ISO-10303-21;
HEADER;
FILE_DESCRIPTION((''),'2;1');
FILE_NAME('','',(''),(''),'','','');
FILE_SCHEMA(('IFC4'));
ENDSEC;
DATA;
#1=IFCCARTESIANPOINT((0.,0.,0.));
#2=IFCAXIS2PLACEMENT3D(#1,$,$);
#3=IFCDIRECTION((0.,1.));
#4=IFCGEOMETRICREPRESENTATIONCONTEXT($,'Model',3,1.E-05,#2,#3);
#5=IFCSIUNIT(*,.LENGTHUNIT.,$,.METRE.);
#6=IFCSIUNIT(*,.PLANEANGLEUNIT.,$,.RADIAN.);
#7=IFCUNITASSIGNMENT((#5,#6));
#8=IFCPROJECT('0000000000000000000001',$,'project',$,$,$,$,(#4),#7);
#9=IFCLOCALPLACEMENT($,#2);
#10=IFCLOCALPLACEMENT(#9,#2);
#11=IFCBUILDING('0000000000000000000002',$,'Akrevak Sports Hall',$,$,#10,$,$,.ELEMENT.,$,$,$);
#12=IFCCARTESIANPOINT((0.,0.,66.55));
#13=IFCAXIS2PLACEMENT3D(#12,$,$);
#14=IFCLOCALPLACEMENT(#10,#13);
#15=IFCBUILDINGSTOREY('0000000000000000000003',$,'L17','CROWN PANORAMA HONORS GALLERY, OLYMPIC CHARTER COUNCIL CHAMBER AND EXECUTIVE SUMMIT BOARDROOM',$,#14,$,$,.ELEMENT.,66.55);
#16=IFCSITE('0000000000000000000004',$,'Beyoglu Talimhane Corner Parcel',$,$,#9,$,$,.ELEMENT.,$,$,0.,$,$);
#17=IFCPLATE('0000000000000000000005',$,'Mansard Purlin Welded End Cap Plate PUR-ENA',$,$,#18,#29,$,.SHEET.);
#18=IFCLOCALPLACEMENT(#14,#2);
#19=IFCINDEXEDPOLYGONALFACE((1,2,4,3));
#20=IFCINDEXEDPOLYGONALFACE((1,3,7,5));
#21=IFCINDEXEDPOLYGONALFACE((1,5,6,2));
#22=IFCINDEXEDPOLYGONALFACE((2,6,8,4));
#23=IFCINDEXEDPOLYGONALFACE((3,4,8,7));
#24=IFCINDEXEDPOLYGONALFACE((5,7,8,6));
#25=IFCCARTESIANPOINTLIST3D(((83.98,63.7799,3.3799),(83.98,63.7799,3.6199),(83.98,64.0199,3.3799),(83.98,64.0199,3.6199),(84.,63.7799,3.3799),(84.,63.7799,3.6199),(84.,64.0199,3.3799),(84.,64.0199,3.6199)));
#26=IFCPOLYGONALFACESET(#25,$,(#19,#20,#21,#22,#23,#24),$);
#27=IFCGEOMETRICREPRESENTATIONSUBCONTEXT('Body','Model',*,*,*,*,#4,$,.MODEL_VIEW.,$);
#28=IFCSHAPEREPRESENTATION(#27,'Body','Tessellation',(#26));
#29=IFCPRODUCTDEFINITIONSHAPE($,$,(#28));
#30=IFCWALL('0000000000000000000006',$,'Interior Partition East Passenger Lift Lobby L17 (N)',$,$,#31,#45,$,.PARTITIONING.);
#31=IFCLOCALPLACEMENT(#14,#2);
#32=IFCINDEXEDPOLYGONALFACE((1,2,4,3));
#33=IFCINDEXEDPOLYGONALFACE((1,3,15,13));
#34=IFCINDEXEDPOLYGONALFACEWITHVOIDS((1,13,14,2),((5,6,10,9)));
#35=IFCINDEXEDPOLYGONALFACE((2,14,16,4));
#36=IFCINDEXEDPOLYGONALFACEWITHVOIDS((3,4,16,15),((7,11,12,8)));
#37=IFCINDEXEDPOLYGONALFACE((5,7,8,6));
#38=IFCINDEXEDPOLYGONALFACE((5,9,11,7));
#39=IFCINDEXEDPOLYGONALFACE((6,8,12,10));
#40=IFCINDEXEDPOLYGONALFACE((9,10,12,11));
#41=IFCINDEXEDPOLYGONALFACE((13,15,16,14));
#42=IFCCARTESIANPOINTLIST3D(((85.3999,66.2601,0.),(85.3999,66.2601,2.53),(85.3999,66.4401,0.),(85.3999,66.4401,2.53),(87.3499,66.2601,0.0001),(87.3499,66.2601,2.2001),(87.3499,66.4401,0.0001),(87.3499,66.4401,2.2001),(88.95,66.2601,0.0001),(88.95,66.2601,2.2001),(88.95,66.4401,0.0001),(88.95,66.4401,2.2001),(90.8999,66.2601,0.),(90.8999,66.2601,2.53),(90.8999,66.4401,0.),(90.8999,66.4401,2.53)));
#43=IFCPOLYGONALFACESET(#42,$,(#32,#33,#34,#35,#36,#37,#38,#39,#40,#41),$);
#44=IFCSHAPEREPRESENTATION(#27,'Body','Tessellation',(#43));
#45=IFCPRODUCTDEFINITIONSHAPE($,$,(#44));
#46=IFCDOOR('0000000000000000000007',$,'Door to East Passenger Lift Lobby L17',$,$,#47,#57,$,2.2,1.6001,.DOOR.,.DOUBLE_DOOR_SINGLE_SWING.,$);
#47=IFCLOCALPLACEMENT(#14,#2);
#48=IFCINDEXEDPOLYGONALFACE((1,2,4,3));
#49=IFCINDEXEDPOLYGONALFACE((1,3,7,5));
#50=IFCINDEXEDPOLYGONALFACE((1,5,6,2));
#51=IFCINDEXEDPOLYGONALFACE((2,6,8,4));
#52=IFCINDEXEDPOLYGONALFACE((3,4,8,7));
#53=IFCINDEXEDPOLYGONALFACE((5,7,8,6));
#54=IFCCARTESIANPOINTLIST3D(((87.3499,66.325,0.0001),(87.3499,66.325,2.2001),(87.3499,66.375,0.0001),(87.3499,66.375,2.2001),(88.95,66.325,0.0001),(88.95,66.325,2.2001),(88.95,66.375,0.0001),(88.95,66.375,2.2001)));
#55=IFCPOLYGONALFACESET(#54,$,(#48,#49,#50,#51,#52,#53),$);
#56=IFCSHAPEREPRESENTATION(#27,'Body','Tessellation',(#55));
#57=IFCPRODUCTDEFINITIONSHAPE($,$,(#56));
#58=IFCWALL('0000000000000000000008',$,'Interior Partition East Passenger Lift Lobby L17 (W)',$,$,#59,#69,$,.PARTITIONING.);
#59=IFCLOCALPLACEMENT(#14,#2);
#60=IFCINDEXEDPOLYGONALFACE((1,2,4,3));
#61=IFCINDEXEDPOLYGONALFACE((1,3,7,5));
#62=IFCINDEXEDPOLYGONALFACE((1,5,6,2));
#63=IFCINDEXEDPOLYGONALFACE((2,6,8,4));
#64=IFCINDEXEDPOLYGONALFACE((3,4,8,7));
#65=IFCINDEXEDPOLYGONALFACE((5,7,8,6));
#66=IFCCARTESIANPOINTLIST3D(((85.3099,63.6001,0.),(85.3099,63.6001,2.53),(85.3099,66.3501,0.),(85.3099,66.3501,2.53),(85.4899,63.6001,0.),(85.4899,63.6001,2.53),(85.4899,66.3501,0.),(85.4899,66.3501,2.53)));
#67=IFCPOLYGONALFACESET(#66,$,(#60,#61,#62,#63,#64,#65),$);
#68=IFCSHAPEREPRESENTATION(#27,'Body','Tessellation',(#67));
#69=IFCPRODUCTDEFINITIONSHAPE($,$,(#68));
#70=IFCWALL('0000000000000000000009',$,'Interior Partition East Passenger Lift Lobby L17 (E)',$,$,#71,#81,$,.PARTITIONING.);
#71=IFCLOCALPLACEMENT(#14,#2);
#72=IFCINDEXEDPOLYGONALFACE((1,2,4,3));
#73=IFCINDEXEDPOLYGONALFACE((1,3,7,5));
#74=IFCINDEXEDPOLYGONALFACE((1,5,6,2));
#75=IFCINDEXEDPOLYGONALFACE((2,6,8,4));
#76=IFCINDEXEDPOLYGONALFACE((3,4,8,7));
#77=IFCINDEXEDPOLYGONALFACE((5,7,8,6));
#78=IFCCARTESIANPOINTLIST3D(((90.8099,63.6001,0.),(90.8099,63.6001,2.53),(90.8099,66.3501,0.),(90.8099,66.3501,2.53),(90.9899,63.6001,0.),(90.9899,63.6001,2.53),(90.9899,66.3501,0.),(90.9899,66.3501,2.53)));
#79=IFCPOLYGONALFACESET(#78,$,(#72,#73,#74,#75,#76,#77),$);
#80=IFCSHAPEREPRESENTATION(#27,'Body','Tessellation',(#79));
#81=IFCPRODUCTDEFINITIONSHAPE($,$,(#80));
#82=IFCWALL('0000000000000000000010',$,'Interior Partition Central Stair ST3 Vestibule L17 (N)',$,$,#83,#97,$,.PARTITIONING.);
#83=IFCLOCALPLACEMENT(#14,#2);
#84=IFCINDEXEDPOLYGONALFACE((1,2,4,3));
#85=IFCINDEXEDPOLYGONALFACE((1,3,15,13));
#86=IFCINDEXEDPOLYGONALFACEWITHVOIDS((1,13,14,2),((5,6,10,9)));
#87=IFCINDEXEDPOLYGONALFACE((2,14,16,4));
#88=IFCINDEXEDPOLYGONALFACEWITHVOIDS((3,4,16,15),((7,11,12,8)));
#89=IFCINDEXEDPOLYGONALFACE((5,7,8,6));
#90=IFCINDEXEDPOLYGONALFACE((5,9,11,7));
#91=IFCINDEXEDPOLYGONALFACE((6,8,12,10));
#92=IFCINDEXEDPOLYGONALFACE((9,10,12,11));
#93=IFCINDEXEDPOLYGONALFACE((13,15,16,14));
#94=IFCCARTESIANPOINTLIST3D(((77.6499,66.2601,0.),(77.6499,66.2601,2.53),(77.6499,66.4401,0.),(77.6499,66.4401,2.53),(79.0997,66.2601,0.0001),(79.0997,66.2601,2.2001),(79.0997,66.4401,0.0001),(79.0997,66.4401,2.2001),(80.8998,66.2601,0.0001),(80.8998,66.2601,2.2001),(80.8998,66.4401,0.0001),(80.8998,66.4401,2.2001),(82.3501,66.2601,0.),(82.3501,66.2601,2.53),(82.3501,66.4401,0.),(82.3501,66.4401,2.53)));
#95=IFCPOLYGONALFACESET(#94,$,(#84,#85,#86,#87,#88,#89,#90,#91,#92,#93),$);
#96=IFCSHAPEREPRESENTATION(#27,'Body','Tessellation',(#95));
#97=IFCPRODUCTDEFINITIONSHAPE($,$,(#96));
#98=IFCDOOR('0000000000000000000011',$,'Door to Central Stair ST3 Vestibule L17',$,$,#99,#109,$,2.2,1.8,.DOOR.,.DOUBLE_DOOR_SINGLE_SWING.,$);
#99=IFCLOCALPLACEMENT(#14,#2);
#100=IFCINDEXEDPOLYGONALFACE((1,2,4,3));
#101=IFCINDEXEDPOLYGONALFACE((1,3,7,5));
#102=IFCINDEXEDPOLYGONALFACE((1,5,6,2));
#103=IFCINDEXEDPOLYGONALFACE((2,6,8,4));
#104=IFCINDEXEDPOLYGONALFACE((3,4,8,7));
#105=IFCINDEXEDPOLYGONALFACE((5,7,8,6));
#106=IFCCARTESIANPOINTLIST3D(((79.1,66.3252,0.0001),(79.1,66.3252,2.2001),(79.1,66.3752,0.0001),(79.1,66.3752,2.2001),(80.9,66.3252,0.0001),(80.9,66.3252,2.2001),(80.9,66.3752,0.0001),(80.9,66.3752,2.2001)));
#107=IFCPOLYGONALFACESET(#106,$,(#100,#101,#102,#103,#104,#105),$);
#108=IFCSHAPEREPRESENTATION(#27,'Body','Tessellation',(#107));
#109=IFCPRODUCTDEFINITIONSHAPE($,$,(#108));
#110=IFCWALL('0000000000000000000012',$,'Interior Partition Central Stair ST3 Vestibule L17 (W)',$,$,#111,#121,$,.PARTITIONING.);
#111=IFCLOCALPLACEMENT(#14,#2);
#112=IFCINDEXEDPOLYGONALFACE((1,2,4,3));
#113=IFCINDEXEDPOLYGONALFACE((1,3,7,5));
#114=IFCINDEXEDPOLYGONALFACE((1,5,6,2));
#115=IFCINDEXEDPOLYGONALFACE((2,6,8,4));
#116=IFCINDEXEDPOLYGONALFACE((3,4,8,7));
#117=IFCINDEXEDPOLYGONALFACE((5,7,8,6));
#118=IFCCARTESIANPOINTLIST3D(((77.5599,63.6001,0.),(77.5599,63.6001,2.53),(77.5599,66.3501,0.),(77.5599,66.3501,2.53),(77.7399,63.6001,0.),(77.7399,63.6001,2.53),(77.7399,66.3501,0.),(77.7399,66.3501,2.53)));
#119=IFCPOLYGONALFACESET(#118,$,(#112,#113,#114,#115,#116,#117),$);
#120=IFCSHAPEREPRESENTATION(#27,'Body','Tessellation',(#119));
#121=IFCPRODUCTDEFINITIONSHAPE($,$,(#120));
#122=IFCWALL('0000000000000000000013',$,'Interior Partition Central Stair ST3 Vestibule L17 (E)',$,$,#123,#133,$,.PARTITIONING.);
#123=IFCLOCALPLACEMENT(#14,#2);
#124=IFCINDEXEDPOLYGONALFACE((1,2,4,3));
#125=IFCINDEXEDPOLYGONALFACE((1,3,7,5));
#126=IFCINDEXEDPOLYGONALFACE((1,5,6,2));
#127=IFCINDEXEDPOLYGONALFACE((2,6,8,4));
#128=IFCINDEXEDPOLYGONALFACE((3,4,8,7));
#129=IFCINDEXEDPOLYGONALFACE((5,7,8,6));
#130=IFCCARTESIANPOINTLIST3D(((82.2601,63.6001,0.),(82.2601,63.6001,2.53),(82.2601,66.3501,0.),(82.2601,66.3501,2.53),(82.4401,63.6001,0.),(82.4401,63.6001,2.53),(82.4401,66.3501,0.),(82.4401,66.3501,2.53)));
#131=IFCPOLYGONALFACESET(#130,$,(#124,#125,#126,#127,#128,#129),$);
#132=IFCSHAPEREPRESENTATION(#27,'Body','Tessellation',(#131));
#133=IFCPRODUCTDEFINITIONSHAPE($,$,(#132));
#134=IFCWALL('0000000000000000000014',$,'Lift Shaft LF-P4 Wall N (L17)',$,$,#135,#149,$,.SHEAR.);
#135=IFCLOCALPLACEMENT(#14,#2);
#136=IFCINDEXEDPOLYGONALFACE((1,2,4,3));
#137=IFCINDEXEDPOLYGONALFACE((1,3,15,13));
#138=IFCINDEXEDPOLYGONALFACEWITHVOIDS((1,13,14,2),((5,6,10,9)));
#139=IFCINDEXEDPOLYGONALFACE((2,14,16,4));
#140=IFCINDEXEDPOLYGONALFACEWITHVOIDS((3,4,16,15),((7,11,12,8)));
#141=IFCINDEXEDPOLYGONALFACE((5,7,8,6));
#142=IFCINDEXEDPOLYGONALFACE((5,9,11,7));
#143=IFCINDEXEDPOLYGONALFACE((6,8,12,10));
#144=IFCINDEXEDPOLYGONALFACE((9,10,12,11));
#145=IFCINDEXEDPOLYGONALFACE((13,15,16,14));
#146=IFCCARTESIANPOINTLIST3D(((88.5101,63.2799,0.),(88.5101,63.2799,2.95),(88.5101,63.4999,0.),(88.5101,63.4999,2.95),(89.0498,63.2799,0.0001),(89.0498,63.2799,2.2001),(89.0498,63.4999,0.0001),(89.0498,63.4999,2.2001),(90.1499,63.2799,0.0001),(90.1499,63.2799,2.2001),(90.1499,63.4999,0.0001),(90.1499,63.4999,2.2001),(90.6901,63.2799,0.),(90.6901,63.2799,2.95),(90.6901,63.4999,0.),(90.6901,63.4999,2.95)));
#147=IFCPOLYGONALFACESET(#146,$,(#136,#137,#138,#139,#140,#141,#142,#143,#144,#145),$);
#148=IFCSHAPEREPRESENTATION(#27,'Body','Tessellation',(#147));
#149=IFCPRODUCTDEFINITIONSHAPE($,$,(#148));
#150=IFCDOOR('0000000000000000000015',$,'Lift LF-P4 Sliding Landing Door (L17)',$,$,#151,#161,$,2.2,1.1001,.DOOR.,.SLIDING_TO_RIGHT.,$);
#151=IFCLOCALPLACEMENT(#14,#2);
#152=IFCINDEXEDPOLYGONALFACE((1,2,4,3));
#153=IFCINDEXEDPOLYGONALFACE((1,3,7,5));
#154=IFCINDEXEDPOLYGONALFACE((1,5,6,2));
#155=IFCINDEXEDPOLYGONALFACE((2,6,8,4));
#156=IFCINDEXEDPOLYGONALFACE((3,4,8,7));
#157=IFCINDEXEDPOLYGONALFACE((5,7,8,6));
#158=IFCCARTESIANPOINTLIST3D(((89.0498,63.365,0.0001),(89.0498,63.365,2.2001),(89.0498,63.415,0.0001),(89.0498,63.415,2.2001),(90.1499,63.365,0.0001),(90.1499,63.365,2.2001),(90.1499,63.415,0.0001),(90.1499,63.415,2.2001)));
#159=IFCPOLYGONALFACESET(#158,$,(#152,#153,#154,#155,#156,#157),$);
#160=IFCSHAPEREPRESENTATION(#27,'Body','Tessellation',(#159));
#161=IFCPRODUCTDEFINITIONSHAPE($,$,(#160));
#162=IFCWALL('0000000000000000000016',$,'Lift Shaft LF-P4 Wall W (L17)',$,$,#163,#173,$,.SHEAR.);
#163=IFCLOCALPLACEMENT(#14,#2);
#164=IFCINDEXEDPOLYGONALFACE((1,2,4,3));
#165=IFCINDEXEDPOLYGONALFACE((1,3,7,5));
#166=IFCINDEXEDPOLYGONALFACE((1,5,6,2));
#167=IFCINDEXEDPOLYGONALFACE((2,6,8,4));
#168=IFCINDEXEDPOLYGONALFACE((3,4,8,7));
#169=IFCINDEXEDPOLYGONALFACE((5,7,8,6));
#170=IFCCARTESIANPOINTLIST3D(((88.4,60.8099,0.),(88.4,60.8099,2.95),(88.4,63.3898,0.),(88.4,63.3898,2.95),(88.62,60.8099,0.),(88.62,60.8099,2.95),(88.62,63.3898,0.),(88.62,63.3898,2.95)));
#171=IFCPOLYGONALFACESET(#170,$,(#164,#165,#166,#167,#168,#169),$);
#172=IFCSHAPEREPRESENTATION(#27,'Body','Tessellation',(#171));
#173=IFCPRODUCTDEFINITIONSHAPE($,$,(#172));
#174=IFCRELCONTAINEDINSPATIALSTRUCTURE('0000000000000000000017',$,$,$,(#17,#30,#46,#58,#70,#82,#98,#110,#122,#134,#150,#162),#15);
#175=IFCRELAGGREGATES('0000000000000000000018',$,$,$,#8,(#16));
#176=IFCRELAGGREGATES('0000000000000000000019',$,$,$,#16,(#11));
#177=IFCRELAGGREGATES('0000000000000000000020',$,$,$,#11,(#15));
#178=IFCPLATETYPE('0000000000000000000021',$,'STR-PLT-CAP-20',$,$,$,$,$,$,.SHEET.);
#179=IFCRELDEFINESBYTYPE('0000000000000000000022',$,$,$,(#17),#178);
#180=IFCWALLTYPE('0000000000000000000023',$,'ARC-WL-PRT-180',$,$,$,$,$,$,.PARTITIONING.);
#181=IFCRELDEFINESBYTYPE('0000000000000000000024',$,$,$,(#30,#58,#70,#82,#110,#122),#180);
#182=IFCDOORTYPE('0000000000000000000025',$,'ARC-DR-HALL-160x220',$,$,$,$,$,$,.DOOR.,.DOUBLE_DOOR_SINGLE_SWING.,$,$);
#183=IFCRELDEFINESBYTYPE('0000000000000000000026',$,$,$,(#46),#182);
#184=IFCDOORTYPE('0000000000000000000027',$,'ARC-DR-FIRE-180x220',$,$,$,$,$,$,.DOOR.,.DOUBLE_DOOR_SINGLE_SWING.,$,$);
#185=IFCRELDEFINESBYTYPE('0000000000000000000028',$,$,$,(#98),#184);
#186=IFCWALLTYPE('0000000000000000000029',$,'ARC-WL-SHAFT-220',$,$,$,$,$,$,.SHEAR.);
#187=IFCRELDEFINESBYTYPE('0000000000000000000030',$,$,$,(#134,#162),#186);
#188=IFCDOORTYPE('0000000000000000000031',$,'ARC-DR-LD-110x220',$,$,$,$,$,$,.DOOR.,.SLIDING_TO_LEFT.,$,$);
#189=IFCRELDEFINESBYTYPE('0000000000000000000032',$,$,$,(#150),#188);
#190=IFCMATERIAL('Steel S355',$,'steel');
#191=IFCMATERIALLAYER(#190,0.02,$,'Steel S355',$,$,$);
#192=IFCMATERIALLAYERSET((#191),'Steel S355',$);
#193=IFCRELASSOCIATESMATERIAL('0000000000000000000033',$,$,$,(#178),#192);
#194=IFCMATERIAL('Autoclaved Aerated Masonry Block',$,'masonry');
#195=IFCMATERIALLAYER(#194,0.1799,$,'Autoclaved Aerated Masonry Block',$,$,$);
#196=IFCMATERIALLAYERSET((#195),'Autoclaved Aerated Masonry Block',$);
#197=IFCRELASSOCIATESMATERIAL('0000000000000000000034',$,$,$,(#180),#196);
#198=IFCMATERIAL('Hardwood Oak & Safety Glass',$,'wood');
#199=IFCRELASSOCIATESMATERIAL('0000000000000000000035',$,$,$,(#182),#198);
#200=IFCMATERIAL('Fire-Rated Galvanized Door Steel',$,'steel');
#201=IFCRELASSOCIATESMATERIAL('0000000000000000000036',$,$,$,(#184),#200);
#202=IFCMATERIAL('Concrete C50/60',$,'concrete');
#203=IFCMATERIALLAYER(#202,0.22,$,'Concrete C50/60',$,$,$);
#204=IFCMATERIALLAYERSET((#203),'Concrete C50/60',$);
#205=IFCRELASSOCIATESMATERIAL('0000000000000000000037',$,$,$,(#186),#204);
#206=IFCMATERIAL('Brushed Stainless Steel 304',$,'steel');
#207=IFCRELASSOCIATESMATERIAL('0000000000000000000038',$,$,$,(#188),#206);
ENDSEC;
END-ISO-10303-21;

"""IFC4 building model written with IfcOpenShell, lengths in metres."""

from ifc_helpers import new_model, si_unit, direction, frame, frame_2d, origin, origin_2d, place, context, subcontext, project, spatial, rectangle, extrude, material, layer, layer_set, type_object, element, fill, save


model = new_model("IFC4")

# Units and contexts
model_context = context("Model", 3, precision=1e-05, world=origin(), true_north=direction((0.0, 1.0)))
body_context = subcontext(model_context, "Body", "Model", "MODEL_VIEW")
ifc_project = project(units=[si_unit("LENGTHUNIT", "METRE"), si_unit("PLANEANGLEUNIT", "RADIAN")], contexts=[model_context])

# Site, building, storey
site_placement = place(None, origin())
site = spatial("IfcSite", under=ifc_project, at=site_placement, Name="Beyoglu Talimhane Corner Parcel", CompositionType="ELEMENT", RefElevation=0.0)
building_placement = place(site_placement, origin())
building = spatial("IfcBuilding", under=site, at=building_placement, Name="Akrevak Sports Hall", CompositionType="ELEMENT")
storey_placement = place(building_placement, frame((0.0, 0.0, 66.55)))
storey = spatial("IfcBuildingStorey", under=building, at=storey_placement, Name="L17", Description="CROWN PANORAMA HONORS GALLERY, OLYMPIC CHARTER COUNCIL CHAMBER AND EXECUTIVE SUMMIT BOARDROOM", CompositionType="ELEMENT", Elevation=66.55)

# Shared definitions
ifc_material_1 = material(Name="Steel S355", Category="steel")

# Plate
ifc_layer_1 = layer(ifc_material_1, 0.02, Name="Steel S355")
ifc_layer_set_1 = layer_set([ifc_layer_1], Name="Steel S355")
plate_type_1 = type_object("IfcPlateType", Name="STR-PLT-CAP-20", PredefinedType="SHEET", material=ifc_layer_set_1)
for number, where, z_axis, x_axis, name in (
    (1, (83.99, 63.8999, 3.3799), (0.0, 0.0, 1.0), (1.0, 0.0, 0.0), "Mansard Purlin Welded End Cap Plate PUR-ENA"),
):
    element("IfcPlate", number, at=place(storey_placement, frame(where, z_axis=z_axis, x_axis=x_axis)), inside=storey, type_object=plate_type_1, Name=name, PredefinedType="SHEET", context=body_context, shape_type="SweptSolid", body=[
        extrude(rectangle(XDim=0.02, YDim=0.24, at=origin_2d()), origin(), (0.0, 0.0, 1.0), 0.24),
    ])

# Wall, opening, door
ifc_material_2 = material(Name="Autoclaved Aerated Masonry Block", Category="masonry")
ifc_layer_2 = layer(ifc_material_2, 0.1799, Name="Autoclaved Aerated Masonry Block")
ifc_layer_set_2 = layer_set([ifc_layer_2], Name="Autoclaved Aerated Masonry Block")
wall_type_1 = type_object("IfcWallType", Name="ARC-WL-PRT-180", PredefinedType="PARTITIONING", material=ifc_layer_set_2)
wall_1_placement = place(storey_placement, frame((85.3999, 66.3501, 0.0), z_axis=(0.0, 0.0, 1.0), x_axis=(1.0, 0.0, 0.0)))
wall_1 = element("IfcWall", 2, at=wall_1_placement, inside=storey, type_object=wall_type_1, Name="Interior Partition East Passenger Lift Lobby L17 (N)", PredefinedType="PARTITIONING", context=body_context, shape_type="SweptSolid", body=[
    extrude(rectangle(XDim=5.5, YDim=0.1799, at=frame_2d((2.75, 0.0))), origin(), (0.0, 0.0, 1.0), 2.53),
])
opening_1_placement = place(wall_1_placement, frame((1.95, 0.0, 0.0)))
opening_1 = element("IfcOpeningElement", 3, at=opening_1_placement, cuts=wall_1, PredefinedType="OPENING", context=body_context, shape_type="SweptSolid", body=[
    extrude(rectangle(XDim=1.6001, YDim=2.2, at=frame_2d((0.8, 1.1001))), frame((0.0, 0.1021, 0.0), z_axis=(0.0, -1.0, 0.0), x_axis=(1.0, 0.0, 0.0)), (0.0, 0.0, 1.0), 0.2039),
])
ifc_material_3 = material(Name="Hardwood Oak & Safety Glass", Category="wood")
door_type_1 = type_object("IfcDoorType", Name="ARC-DR-HALL-160x220", OperationType="DOUBLE_DOOR_SINGLE_SWING", PredefinedType="DOOR", material=ifc_material_3)
door_1_placement = place(opening_1_placement, origin())
door_1 = element("IfcDoor", 4, at=door_1_placement, inside=storey, type_object=door_type_1, Name="Door to East Passenger Lift Lobby L17", OperationType="DOUBLE_DOOR_SINGLE_SWING", OverallHeight=2.2, OverallWidth=1.6001, PredefinedType="DOOR", context=body_context, shape_type="SweptSolid", body=[
    extrude(rectangle(XDim=1.6001, YDim=2.2, at=frame_2d((0.8, 1.1001))), frame((0.0, 0.0249, 0.0), z_axis=(0.0, -1.0, 0.0), x_axis=(1.0, 0.0, 0.0)), (0.0, 0.0, 1.0), 0.05),
])
fill(opening_1, door_1)

# Walls
for number, where, z_axis, x_axis, name in (
    (5, (85.3999, 63.6001, 0.0), (0.0, 0.0, 1.0), (0.0, 1.0, 0.0), "Interior Partition East Passenger Lift Lobby L17 (W)"),
    (6, (90.8999, 63.6001, 0.0), (0.0, 0.0, 1.0), (0.0, 1.0, 0.0), "Interior Partition East Passenger Lift Lobby L17 (E)"),
):
    element("IfcWall", number, at=place(storey_placement, frame(where, z_axis=z_axis, x_axis=x_axis)), inside=storey, type_object=wall_type_1, Name=name, PredefinedType="PARTITIONING", context=body_context, shape_type="SweptSolid", body=[
        extrude(rectangle(XDim=2.75, YDim=0.1799, at=frame_2d((1.375, 0.0))), origin(), (0.0, 0.0, 1.0), 2.53),
    ])

# Wall, opening, door
wall_2_placement = place(storey_placement, frame((77.6499, 66.3501, 0.0), z_axis=(0.0, 0.0, 1.0), x_axis=(1.0, 0.0, 0.0)))
wall_2 = element("IfcWall", 7, at=wall_2_placement, inside=storey, type_object=wall_type_1, Name="Interior Partition Central Stair ST3 Vestibule L17 (N)", PredefinedType="PARTITIONING", context=body_context, shape_type="SweptSolid", body=[
    extrude(rectangle(XDim=4.7002, YDim=0.1799, at=frame_2d((2.3501, 0.0))), origin(), (0.0, 0.0, 1.0), 2.53),
])
opening_2_placement = place(wall_2_placement, frame((1.45, 0.0, 0.0)))
opening_2 = element("IfcOpeningElement", 8, at=opening_2_placement, cuts=wall_2, PredefinedType="OPENING", context=body_context, shape_type="SweptSolid", body=[
    extrude(rectangle(XDim=1.8, YDim=2.2, at=frame_2d((0.8999, 1.1001))), frame((0.0, 0.1021, 0.0), z_axis=(0.0, -1.0, 0.0), x_axis=(1.0, 0.0, 0.0)), (0.0, 0.0, 1.0), 0.2039),
])
ifc_material_4 = material(Name="Fire-Rated Galvanized Door Steel", Category="steel")
door_type_2 = type_object("IfcDoorType", Name="ARC-DR-FIRE-180x220", OperationType="DOUBLE_DOOR_SINGLE_SWING", PredefinedType="DOOR", material=ifc_material_4)
door_2_placement = place(opening_2_placement, frame((1.8, 0.0, 0.0), z_axis=(0.0, 0.0, 1.0), x_axis=(-1.0, 0.0, 0.0)))
door_2 = element("IfcDoor", 9, at=door_2_placement, inside=storey, type_object=door_type_2, Name="Door to Central Stair ST3 Vestibule L17", OperationType="DOUBLE_DOOR_SINGLE_SWING", OverallHeight=2.2, OverallWidth=1.8, PredefinedType="DOOR", context=body_context, shape_type="SweptSolid", body=[
    extrude(rectangle(XDim=1.8, YDim=2.2, at=frame_2d((0.8999, 1.1001))), frame((0.0, 0.0249, 0.0), z_axis=(0.0, -1.0, 0.0), x_axis=(1.0, 0.0, 0.0)), (0.0, 0.0, 1.0), 0.05),
])
fill(opening_2, door_2)

# Walls
for number, where, z_axis, x_axis, name in (
    (10, (77.6499, 63.6001, 0.0), (0.0, 0.0, 1.0), (0.0, 1.0, 0.0), "Interior Partition Central Stair ST3 Vestibule L17 (W)"),
    (11, (82.3501, 63.6001, 0.0), (0.0, 0.0, 1.0), (0.0, 1.0, 0.0), "Interior Partition Central Stair ST3 Vestibule L17 (E)"),
):
    element("IfcWall", number, at=place(storey_placement, frame(where, z_axis=z_axis, x_axis=x_axis)), inside=storey, type_object=wall_type_1, Name=name, PredefinedType="PARTITIONING", context=body_context, shape_type="SweptSolid", body=[
        extrude(rectangle(XDim=2.75, YDim=0.1799, at=frame_2d((1.375, 0.0))), origin(), (0.0, 0.0, 1.0), 2.53),
    ])

# Wall, opening, door
ifc_material_5 = material(Name="Concrete C50/60", Category="concrete")
ifc_layer_3 = layer(ifc_material_5, 0.22, Name="Concrete C50/60")
ifc_layer_set_3 = layer_set([ifc_layer_3], Name="Concrete C50/60")
wall_type_2 = type_object("IfcWallType", Name="ARC-WL-SHAFT-220", PredefinedType="SHEAR", material=ifc_layer_set_3)
wall_3_placement = place(storey_placement, frame((90.6899, 63.3899, 0.0), z_axis=(0.0, 0.0, 1.0), x_axis=(-1.0, 0.0, 0.0)))
wall_3 = element("IfcWall", 12, at=wall_3_placement, inside=storey, type_object=wall_type_2, Name="Lift Shaft LF-P4 Wall N (L17)", PredefinedType="SHEAR", context=body_context, shape_type="SweptSolid", body=[
    extrude(rectangle(XDim=2.1799, YDim=0.22, at=frame_2d((1.0898, 0.0))), origin(), (0.0, 0.0, 1.0), 2.95),
])
opening_3_placement = place(wall_3_placement, frame((0.54, 0.0, 0.0)))
opening_3 = element("IfcOpeningElement", 13, at=opening_3_placement, cuts=wall_3, PredefinedType="OPENING", context=body_context, shape_type="SweptSolid", body=[
    extrude(rectangle(XDim=1.1001, YDim=2.2, at=frame_2d((0.55, 1.1001))), frame((0.0, 0.1221, 0.0), z_axis=(0.0, -1.0, 0.0), x_axis=(1.0, 0.0, 0.0)), (0.0, 0.0, 1.0), 0.2439),
])
ifc_material_6 = material(Name="Brushed Stainless Steel 304", Category="steel")
door_type_3 = type_object("IfcDoorType", Name="ARC-DR-LD-110x220", OperationType="SLIDING_TO_LEFT", PredefinedType="DOOR", material=ifc_material_6)
door_3_placement = place(opening_3_placement, origin())
door_3 = element("IfcDoor", 14, at=door_3_placement, inside=storey, type_object=door_type_3, Name="Lift LF-P4 Sliding Landing Door (L17)", OperationType="SLIDING_TO_RIGHT", OverallHeight=2.2, OverallWidth=1.1001, PredefinedType="DOOR", context=body_context, shape_type="SweptSolid", body=[
    extrude(rectangle(XDim=1.1001, YDim=2.2, at=frame_2d((0.55, 1.1001))), frame((0.0, 0.0249, 0.0), z_axis=(0.0, -1.0, 0.0), x_axis=(1.0, 0.0, 0.0)), (0.0, 0.0, 1.0), 0.05),
])
fill(opening_3, door_3)

# Wall
wall_4_placement = place(storey_placement, frame((88.51, 63.3899, 0.0), z_axis=(0.0, 0.0, 1.0), x_axis=(0.0, -1.0, 0.0)))
element("IfcWall", 15, at=wall_4_placement, inside=storey, type_object=wall_type_2, Name="Lift Shaft LF-P4 Wall W (L17)", PredefinedType="SHEAR", context=body_context, shape_type="SweptSolid", body=[
    extrude(rectangle(XDim=2.5798, YDim=0.22, at=frame_2d((1.29, 0.0))), origin(), (0.0, 0.0, 1.0), 2.95),
])

save(model, "model.ifc")
